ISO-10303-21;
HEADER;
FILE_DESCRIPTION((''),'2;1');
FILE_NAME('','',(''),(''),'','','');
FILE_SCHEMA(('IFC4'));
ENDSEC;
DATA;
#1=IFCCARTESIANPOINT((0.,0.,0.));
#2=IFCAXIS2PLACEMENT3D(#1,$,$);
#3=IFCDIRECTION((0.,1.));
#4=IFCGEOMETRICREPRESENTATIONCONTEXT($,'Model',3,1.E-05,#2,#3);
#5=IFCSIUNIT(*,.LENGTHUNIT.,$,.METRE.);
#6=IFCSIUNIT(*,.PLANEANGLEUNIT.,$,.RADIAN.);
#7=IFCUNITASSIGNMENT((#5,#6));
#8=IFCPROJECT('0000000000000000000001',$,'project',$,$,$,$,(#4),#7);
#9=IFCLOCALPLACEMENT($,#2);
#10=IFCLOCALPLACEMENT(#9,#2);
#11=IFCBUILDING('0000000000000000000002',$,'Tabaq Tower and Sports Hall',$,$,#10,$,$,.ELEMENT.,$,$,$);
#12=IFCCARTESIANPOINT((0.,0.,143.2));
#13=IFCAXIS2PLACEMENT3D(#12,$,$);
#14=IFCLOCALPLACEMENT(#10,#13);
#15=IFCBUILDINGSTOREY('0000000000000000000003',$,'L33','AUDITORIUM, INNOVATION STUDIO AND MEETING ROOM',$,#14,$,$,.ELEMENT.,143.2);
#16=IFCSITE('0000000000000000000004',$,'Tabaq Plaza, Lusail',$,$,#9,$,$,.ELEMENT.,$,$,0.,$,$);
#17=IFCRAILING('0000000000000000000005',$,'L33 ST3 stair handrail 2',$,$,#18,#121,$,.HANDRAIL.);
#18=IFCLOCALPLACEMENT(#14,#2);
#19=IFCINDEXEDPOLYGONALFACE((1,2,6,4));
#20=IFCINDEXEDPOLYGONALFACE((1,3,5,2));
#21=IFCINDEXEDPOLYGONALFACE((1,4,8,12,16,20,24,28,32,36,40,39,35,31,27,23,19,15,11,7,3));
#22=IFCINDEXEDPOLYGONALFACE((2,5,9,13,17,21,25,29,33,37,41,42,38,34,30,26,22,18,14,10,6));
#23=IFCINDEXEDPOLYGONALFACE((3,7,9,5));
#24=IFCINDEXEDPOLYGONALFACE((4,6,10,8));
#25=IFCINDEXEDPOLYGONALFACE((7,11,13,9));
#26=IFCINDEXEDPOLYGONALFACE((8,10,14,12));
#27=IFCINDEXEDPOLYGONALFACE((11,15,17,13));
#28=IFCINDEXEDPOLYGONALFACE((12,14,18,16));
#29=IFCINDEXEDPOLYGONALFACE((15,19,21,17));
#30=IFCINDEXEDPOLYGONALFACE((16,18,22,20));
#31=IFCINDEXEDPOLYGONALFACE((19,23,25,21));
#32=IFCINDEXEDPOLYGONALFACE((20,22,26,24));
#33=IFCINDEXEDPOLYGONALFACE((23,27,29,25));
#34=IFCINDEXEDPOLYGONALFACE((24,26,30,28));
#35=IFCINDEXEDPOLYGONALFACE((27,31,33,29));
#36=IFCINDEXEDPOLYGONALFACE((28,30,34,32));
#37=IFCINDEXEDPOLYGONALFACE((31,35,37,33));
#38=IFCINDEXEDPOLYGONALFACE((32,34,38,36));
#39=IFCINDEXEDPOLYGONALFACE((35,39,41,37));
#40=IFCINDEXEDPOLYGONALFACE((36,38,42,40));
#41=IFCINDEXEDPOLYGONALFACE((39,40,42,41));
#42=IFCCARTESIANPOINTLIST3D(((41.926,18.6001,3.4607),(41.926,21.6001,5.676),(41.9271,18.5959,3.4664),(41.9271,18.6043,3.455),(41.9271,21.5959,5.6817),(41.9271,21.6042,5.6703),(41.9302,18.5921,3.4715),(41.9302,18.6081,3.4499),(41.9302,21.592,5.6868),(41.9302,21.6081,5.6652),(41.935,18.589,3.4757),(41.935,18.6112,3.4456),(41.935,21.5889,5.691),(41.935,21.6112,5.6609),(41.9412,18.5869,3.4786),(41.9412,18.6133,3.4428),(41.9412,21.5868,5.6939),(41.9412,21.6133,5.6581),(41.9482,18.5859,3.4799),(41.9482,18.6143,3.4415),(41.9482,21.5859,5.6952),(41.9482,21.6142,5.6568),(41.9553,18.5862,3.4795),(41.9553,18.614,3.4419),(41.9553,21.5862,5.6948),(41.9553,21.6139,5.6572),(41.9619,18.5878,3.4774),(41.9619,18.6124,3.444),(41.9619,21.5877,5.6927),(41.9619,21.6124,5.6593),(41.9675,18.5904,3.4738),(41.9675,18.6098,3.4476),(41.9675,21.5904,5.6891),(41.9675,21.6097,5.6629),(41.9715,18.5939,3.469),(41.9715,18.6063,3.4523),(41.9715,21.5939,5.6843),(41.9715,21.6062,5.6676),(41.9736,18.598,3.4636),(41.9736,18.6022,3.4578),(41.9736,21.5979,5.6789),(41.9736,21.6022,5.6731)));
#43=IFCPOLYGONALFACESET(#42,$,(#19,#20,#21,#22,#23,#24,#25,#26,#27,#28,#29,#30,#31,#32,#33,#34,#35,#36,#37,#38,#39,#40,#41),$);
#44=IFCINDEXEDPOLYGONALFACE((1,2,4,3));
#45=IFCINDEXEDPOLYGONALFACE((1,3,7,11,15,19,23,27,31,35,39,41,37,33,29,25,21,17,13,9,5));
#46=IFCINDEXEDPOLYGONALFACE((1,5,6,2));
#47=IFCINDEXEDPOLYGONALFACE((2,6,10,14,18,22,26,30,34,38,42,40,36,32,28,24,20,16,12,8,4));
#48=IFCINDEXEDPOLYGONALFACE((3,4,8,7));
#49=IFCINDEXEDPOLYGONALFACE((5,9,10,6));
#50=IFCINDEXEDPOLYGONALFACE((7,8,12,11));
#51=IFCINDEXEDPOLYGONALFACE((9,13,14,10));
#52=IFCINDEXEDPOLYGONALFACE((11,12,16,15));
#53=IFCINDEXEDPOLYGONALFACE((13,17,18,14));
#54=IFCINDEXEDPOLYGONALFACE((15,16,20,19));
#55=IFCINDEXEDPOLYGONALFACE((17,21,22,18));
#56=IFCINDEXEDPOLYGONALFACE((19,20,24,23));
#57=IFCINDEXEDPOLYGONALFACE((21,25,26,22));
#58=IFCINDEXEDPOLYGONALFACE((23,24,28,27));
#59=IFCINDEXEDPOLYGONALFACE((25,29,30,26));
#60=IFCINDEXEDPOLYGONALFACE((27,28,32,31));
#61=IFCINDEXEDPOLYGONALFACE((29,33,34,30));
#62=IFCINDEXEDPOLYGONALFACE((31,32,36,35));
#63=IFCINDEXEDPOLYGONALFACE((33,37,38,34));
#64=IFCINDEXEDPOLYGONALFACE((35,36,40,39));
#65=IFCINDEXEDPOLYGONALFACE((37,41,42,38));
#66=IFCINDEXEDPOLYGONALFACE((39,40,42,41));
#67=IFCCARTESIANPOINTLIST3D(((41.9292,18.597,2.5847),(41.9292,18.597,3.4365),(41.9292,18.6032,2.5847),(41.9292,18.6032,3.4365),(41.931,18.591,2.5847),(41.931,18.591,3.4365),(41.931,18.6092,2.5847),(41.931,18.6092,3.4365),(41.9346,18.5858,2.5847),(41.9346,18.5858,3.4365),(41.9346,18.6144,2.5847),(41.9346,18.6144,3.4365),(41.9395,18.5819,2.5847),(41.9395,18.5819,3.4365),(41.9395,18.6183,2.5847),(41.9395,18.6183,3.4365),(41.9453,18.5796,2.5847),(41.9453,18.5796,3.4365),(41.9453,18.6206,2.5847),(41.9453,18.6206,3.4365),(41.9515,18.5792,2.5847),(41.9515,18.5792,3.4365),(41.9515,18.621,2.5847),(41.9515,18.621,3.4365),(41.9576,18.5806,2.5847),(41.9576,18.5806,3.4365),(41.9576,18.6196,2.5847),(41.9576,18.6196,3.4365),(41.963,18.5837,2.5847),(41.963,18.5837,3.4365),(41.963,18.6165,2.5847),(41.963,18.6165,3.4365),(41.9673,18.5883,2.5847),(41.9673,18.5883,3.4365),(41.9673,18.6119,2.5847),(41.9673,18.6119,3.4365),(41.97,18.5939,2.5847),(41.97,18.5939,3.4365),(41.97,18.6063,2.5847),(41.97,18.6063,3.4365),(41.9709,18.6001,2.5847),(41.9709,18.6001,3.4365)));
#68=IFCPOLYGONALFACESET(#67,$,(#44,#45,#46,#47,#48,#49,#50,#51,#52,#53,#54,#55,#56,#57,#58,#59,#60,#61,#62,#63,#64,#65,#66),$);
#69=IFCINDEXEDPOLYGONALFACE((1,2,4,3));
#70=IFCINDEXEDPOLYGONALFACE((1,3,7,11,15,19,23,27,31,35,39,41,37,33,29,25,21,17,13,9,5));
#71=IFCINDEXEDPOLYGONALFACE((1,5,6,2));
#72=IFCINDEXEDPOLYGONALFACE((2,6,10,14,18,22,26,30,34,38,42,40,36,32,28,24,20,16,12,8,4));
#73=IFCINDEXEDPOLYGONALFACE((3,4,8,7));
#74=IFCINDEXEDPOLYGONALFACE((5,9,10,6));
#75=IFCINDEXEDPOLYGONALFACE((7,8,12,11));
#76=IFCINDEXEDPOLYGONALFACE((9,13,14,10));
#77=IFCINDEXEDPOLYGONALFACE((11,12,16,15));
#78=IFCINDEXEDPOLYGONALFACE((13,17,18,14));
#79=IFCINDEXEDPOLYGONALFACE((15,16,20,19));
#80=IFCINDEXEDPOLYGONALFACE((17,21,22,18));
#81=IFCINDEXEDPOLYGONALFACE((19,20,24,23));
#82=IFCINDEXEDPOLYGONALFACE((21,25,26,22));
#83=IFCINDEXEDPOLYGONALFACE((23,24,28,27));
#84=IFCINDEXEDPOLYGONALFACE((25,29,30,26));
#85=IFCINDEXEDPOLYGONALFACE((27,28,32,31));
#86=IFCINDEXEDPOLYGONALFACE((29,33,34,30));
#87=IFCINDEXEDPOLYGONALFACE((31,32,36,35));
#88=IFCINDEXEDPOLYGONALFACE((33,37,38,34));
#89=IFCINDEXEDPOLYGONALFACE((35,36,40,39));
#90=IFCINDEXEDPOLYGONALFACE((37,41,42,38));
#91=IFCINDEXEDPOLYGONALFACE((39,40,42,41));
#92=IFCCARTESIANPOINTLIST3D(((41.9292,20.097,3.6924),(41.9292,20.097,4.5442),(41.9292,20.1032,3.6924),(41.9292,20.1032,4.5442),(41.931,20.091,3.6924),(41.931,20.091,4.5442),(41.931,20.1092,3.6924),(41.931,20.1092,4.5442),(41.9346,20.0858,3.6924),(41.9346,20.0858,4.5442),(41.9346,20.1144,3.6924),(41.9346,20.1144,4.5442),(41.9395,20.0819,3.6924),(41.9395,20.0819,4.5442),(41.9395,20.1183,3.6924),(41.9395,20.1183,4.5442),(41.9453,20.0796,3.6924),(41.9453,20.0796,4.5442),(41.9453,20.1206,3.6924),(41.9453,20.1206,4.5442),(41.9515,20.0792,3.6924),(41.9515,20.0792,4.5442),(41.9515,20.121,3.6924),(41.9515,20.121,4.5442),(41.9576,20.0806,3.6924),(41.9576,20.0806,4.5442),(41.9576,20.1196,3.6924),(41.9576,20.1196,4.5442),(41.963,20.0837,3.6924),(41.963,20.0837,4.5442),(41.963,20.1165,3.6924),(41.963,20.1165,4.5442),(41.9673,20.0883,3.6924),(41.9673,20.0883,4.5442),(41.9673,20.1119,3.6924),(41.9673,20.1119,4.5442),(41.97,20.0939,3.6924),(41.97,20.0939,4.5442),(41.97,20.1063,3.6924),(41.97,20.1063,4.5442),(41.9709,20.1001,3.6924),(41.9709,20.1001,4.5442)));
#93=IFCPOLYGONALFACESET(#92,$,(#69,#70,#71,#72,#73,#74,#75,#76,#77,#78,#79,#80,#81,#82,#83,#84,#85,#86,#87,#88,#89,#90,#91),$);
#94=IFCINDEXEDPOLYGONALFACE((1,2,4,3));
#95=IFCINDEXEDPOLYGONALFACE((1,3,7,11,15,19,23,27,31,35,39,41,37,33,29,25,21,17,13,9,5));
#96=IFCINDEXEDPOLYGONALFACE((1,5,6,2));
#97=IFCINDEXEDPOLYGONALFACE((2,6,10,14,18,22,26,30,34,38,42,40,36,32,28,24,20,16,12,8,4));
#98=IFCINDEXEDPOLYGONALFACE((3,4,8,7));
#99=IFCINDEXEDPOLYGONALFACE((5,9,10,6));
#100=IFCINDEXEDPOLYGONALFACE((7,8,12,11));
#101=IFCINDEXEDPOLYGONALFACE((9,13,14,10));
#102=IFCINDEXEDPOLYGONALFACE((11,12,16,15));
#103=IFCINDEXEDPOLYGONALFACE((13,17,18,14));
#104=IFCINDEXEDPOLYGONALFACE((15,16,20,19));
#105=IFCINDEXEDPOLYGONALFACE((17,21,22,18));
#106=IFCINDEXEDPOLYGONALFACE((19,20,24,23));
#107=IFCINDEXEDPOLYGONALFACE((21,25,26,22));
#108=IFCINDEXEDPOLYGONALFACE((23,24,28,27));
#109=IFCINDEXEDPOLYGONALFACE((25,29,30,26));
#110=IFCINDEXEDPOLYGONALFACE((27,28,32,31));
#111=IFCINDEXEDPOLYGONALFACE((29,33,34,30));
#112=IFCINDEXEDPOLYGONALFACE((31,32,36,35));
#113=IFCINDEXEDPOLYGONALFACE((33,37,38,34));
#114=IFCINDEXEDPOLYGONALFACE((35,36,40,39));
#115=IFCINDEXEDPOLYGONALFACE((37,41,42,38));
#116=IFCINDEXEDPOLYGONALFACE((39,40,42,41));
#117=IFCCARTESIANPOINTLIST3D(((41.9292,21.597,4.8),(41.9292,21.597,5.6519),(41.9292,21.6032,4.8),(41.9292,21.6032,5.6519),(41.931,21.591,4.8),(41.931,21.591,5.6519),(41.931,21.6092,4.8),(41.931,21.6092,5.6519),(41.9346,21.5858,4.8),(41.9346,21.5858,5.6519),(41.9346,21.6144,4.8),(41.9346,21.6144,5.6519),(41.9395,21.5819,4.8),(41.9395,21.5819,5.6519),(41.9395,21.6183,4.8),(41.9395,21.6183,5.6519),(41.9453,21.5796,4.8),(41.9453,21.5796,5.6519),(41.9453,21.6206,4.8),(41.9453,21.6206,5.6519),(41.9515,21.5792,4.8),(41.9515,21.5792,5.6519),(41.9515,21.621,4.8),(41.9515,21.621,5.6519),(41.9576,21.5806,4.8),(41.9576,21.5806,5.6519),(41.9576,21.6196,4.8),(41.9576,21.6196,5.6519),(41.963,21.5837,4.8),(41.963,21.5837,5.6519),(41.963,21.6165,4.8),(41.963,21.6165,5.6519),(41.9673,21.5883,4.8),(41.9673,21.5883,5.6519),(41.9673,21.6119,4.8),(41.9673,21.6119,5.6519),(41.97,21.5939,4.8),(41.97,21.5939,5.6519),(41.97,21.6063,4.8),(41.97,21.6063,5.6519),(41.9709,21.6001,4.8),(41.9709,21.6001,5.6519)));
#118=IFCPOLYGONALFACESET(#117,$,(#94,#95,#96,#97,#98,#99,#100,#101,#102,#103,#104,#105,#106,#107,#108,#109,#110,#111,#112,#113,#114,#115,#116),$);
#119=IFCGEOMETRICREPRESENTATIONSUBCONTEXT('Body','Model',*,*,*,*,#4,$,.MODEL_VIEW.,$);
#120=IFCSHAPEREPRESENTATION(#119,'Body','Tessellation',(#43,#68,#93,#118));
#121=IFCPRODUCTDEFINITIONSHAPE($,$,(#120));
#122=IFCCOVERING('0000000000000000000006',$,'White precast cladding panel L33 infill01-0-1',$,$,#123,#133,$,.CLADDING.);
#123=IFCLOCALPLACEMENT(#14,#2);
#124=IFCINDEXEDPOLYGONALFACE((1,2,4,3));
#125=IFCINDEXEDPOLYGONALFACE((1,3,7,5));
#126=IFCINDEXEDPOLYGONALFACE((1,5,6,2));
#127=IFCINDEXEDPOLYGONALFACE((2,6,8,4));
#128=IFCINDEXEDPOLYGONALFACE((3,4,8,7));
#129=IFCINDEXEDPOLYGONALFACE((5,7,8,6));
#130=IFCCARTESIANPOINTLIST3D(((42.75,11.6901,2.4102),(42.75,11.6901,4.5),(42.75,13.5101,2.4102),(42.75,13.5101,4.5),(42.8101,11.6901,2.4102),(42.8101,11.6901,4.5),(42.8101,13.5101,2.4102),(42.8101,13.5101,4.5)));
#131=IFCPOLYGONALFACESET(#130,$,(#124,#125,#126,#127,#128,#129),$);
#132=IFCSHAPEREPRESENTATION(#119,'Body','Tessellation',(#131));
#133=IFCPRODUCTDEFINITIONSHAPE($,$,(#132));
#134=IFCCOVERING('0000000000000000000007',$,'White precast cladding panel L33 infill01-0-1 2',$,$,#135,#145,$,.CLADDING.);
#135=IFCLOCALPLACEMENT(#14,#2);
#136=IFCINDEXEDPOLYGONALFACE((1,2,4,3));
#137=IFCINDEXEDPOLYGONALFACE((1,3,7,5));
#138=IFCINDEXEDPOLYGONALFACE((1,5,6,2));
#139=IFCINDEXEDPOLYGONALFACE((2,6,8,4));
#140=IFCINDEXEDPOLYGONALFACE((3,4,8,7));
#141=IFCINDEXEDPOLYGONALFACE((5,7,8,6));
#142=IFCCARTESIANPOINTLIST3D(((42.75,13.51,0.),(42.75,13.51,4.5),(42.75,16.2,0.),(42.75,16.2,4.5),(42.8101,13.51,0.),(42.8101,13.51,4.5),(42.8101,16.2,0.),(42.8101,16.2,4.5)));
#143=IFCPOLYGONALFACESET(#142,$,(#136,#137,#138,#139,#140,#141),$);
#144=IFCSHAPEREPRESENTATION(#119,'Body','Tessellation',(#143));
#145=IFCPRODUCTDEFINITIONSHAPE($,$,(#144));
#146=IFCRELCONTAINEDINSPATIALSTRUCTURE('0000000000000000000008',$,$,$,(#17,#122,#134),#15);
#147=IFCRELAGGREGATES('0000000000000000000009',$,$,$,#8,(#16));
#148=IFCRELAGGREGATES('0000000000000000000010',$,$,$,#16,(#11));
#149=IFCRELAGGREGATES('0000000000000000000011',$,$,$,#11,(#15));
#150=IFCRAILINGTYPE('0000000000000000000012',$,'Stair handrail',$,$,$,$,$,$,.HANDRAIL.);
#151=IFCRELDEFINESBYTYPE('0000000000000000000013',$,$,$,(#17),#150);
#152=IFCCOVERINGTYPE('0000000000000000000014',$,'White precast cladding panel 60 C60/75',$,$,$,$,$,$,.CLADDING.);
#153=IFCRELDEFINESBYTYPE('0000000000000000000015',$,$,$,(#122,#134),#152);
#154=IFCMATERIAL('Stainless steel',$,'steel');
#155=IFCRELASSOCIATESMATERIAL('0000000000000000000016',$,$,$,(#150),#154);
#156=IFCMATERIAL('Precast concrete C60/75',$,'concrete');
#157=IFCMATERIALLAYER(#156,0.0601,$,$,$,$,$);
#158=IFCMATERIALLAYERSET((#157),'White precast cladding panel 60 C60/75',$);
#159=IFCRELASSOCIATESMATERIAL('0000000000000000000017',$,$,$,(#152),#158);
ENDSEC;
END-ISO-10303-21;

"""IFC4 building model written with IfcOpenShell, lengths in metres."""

from ifc_helpers import new_model, si_unit, direction, frame, frame_2d, origin, origin_2d, place, context, subcontext, project, spatial, rectangle, circle, extrude, material, layer, layer_set, type_object, element, save


model = new_model("IFC4")

# Units and contexts
model_context = context("Model", 3, precision=1e-05, world=origin(), true_north=direction((0.0, 1.0)))
body_context = subcontext(model_context, "Body", "Model", "MODEL_VIEW")
ifc_project = project(units=[si_unit("LENGTHUNIT", "METRE"), si_unit("PLANEANGLEUNIT", "RADIAN")], contexts=[model_context])

# Site, building, storey
site_placement = place(None, origin())
site = spatial("IfcSite", under=ifc_project, at=site_placement, Name="Tabaq Plaza, Lusail", CompositionType="ELEMENT", RefElevation=0.0)
building_placement = place(site_placement, origin())
building = spatial("IfcBuilding", under=site, at=building_placement, Name="Tabaq Tower and Sports Hall", CompositionType="ELEMENT")
storey_placement = place(building_placement, frame((0.0, 0.0, 143.2)))
storey = spatial("IfcBuildingStorey", under=building, at=storey_placement, Name="L33", Description="AUDITORIUM, INNOVATION STUDIO AND MEETING ROOM", CompositionType="ELEMENT", Elevation=143.2)

# Railing
ifc_material_1 = material(Name="Stainless steel", Category="steel")
railing_type_1 = type_object("IfcRailingType", Name="Stair handrail", PredefinedType="HANDRAIL", material=ifc_material_1)
railing_1_placement = place(storey_placement, frame((41.95, 18.6001, 2.5847)))
element("IfcRailing", 1, at=railing_1_placement, inside=storey, type_object=railing_type_1, Name="L33 ST3 stair handrail 2", PredefinedType="HANDRAIL", context=body_context, shape_type="SweptSolid", body=[
    extrude(circle(Radius=0.0239, at=origin_2d()), frame((0.0, 0.0, 0.876), z_axis=(0.0, 0.80444, 0.594034), x_axis=(-1.0, 0.0, 0.0)), (0.0, 0.0, 1.0), 3.7292),
    extrude(circle(Radius=0.021, at=origin_2d()), origin(), (0.0, 0.0, 1.0), 0.8518),
    extrude(circle(Radius=0.021, at=origin_2d()), frame((0.0, 1.5, 1.1077)), (0.0, 0.0, 1.0), 0.8518),
    extrude(circle(Radius=0.021, at=origin_2d()), frame((0.0, 3.0, 2.2153)), (0.0, 0.0, 1.0), 0.8518),
])

# Coverings
ifc_material_2 = material(Name="Precast concrete C60/75", Category="concrete")
ifc_layer_1 = layer(ifc_material_2, 0.0601)
ifc_layer_set_1 = layer_set([ifc_layer_1], Name="White precast cladding panel 60 C60/75")
covering_type = type_object("IfcCoveringType", Name="White precast cladding panel 60 C60/75", PredefinedType="CLADDING", material=ifc_layer_set_1)
covering_1_placement = place(storey_placement, frame((42.78, 11.6899, 2.4102), z_axis=(0.0, 0.0, 1.0), x_axis=(0.0, 1.0, 0.0)))
element("IfcCovering", 2, at=covering_1_placement, inside=storey, type_object=covering_type, Name="White precast cladding panel L33 infill01-0-1", PredefinedType="CLADDING", context=body_context, shape_type="SweptSolid", body=[
    extrude(rectangle(XDim=1.8201, YDim=0.0601, at=frame_2d((0.9102, 0.0))), origin(), (0.0, 0.0, 1.0), 2.0898),
])
covering_2_placement = place(storey_placement, frame((42.78, 13.51, 0.0), z_axis=(0.0, 0.0, 1.0), x_axis=(0.0, 1.0, 0.0)))
element("IfcCovering", 3, at=covering_2_placement, inside=storey, type_object=covering_type, Name="White precast cladding panel L33 infill01-0-1 2", PredefinedType="CLADDING", context=body_context, shape_type="SweptSolid", body=[
    extrude(rectangle(XDim=2.6899, YDim=0.0601, at=frame_2d((1.345, 0.0))), origin(), (0.0, 0.0, 1.0), 4.5),
])

save(model, "model.ifc")
